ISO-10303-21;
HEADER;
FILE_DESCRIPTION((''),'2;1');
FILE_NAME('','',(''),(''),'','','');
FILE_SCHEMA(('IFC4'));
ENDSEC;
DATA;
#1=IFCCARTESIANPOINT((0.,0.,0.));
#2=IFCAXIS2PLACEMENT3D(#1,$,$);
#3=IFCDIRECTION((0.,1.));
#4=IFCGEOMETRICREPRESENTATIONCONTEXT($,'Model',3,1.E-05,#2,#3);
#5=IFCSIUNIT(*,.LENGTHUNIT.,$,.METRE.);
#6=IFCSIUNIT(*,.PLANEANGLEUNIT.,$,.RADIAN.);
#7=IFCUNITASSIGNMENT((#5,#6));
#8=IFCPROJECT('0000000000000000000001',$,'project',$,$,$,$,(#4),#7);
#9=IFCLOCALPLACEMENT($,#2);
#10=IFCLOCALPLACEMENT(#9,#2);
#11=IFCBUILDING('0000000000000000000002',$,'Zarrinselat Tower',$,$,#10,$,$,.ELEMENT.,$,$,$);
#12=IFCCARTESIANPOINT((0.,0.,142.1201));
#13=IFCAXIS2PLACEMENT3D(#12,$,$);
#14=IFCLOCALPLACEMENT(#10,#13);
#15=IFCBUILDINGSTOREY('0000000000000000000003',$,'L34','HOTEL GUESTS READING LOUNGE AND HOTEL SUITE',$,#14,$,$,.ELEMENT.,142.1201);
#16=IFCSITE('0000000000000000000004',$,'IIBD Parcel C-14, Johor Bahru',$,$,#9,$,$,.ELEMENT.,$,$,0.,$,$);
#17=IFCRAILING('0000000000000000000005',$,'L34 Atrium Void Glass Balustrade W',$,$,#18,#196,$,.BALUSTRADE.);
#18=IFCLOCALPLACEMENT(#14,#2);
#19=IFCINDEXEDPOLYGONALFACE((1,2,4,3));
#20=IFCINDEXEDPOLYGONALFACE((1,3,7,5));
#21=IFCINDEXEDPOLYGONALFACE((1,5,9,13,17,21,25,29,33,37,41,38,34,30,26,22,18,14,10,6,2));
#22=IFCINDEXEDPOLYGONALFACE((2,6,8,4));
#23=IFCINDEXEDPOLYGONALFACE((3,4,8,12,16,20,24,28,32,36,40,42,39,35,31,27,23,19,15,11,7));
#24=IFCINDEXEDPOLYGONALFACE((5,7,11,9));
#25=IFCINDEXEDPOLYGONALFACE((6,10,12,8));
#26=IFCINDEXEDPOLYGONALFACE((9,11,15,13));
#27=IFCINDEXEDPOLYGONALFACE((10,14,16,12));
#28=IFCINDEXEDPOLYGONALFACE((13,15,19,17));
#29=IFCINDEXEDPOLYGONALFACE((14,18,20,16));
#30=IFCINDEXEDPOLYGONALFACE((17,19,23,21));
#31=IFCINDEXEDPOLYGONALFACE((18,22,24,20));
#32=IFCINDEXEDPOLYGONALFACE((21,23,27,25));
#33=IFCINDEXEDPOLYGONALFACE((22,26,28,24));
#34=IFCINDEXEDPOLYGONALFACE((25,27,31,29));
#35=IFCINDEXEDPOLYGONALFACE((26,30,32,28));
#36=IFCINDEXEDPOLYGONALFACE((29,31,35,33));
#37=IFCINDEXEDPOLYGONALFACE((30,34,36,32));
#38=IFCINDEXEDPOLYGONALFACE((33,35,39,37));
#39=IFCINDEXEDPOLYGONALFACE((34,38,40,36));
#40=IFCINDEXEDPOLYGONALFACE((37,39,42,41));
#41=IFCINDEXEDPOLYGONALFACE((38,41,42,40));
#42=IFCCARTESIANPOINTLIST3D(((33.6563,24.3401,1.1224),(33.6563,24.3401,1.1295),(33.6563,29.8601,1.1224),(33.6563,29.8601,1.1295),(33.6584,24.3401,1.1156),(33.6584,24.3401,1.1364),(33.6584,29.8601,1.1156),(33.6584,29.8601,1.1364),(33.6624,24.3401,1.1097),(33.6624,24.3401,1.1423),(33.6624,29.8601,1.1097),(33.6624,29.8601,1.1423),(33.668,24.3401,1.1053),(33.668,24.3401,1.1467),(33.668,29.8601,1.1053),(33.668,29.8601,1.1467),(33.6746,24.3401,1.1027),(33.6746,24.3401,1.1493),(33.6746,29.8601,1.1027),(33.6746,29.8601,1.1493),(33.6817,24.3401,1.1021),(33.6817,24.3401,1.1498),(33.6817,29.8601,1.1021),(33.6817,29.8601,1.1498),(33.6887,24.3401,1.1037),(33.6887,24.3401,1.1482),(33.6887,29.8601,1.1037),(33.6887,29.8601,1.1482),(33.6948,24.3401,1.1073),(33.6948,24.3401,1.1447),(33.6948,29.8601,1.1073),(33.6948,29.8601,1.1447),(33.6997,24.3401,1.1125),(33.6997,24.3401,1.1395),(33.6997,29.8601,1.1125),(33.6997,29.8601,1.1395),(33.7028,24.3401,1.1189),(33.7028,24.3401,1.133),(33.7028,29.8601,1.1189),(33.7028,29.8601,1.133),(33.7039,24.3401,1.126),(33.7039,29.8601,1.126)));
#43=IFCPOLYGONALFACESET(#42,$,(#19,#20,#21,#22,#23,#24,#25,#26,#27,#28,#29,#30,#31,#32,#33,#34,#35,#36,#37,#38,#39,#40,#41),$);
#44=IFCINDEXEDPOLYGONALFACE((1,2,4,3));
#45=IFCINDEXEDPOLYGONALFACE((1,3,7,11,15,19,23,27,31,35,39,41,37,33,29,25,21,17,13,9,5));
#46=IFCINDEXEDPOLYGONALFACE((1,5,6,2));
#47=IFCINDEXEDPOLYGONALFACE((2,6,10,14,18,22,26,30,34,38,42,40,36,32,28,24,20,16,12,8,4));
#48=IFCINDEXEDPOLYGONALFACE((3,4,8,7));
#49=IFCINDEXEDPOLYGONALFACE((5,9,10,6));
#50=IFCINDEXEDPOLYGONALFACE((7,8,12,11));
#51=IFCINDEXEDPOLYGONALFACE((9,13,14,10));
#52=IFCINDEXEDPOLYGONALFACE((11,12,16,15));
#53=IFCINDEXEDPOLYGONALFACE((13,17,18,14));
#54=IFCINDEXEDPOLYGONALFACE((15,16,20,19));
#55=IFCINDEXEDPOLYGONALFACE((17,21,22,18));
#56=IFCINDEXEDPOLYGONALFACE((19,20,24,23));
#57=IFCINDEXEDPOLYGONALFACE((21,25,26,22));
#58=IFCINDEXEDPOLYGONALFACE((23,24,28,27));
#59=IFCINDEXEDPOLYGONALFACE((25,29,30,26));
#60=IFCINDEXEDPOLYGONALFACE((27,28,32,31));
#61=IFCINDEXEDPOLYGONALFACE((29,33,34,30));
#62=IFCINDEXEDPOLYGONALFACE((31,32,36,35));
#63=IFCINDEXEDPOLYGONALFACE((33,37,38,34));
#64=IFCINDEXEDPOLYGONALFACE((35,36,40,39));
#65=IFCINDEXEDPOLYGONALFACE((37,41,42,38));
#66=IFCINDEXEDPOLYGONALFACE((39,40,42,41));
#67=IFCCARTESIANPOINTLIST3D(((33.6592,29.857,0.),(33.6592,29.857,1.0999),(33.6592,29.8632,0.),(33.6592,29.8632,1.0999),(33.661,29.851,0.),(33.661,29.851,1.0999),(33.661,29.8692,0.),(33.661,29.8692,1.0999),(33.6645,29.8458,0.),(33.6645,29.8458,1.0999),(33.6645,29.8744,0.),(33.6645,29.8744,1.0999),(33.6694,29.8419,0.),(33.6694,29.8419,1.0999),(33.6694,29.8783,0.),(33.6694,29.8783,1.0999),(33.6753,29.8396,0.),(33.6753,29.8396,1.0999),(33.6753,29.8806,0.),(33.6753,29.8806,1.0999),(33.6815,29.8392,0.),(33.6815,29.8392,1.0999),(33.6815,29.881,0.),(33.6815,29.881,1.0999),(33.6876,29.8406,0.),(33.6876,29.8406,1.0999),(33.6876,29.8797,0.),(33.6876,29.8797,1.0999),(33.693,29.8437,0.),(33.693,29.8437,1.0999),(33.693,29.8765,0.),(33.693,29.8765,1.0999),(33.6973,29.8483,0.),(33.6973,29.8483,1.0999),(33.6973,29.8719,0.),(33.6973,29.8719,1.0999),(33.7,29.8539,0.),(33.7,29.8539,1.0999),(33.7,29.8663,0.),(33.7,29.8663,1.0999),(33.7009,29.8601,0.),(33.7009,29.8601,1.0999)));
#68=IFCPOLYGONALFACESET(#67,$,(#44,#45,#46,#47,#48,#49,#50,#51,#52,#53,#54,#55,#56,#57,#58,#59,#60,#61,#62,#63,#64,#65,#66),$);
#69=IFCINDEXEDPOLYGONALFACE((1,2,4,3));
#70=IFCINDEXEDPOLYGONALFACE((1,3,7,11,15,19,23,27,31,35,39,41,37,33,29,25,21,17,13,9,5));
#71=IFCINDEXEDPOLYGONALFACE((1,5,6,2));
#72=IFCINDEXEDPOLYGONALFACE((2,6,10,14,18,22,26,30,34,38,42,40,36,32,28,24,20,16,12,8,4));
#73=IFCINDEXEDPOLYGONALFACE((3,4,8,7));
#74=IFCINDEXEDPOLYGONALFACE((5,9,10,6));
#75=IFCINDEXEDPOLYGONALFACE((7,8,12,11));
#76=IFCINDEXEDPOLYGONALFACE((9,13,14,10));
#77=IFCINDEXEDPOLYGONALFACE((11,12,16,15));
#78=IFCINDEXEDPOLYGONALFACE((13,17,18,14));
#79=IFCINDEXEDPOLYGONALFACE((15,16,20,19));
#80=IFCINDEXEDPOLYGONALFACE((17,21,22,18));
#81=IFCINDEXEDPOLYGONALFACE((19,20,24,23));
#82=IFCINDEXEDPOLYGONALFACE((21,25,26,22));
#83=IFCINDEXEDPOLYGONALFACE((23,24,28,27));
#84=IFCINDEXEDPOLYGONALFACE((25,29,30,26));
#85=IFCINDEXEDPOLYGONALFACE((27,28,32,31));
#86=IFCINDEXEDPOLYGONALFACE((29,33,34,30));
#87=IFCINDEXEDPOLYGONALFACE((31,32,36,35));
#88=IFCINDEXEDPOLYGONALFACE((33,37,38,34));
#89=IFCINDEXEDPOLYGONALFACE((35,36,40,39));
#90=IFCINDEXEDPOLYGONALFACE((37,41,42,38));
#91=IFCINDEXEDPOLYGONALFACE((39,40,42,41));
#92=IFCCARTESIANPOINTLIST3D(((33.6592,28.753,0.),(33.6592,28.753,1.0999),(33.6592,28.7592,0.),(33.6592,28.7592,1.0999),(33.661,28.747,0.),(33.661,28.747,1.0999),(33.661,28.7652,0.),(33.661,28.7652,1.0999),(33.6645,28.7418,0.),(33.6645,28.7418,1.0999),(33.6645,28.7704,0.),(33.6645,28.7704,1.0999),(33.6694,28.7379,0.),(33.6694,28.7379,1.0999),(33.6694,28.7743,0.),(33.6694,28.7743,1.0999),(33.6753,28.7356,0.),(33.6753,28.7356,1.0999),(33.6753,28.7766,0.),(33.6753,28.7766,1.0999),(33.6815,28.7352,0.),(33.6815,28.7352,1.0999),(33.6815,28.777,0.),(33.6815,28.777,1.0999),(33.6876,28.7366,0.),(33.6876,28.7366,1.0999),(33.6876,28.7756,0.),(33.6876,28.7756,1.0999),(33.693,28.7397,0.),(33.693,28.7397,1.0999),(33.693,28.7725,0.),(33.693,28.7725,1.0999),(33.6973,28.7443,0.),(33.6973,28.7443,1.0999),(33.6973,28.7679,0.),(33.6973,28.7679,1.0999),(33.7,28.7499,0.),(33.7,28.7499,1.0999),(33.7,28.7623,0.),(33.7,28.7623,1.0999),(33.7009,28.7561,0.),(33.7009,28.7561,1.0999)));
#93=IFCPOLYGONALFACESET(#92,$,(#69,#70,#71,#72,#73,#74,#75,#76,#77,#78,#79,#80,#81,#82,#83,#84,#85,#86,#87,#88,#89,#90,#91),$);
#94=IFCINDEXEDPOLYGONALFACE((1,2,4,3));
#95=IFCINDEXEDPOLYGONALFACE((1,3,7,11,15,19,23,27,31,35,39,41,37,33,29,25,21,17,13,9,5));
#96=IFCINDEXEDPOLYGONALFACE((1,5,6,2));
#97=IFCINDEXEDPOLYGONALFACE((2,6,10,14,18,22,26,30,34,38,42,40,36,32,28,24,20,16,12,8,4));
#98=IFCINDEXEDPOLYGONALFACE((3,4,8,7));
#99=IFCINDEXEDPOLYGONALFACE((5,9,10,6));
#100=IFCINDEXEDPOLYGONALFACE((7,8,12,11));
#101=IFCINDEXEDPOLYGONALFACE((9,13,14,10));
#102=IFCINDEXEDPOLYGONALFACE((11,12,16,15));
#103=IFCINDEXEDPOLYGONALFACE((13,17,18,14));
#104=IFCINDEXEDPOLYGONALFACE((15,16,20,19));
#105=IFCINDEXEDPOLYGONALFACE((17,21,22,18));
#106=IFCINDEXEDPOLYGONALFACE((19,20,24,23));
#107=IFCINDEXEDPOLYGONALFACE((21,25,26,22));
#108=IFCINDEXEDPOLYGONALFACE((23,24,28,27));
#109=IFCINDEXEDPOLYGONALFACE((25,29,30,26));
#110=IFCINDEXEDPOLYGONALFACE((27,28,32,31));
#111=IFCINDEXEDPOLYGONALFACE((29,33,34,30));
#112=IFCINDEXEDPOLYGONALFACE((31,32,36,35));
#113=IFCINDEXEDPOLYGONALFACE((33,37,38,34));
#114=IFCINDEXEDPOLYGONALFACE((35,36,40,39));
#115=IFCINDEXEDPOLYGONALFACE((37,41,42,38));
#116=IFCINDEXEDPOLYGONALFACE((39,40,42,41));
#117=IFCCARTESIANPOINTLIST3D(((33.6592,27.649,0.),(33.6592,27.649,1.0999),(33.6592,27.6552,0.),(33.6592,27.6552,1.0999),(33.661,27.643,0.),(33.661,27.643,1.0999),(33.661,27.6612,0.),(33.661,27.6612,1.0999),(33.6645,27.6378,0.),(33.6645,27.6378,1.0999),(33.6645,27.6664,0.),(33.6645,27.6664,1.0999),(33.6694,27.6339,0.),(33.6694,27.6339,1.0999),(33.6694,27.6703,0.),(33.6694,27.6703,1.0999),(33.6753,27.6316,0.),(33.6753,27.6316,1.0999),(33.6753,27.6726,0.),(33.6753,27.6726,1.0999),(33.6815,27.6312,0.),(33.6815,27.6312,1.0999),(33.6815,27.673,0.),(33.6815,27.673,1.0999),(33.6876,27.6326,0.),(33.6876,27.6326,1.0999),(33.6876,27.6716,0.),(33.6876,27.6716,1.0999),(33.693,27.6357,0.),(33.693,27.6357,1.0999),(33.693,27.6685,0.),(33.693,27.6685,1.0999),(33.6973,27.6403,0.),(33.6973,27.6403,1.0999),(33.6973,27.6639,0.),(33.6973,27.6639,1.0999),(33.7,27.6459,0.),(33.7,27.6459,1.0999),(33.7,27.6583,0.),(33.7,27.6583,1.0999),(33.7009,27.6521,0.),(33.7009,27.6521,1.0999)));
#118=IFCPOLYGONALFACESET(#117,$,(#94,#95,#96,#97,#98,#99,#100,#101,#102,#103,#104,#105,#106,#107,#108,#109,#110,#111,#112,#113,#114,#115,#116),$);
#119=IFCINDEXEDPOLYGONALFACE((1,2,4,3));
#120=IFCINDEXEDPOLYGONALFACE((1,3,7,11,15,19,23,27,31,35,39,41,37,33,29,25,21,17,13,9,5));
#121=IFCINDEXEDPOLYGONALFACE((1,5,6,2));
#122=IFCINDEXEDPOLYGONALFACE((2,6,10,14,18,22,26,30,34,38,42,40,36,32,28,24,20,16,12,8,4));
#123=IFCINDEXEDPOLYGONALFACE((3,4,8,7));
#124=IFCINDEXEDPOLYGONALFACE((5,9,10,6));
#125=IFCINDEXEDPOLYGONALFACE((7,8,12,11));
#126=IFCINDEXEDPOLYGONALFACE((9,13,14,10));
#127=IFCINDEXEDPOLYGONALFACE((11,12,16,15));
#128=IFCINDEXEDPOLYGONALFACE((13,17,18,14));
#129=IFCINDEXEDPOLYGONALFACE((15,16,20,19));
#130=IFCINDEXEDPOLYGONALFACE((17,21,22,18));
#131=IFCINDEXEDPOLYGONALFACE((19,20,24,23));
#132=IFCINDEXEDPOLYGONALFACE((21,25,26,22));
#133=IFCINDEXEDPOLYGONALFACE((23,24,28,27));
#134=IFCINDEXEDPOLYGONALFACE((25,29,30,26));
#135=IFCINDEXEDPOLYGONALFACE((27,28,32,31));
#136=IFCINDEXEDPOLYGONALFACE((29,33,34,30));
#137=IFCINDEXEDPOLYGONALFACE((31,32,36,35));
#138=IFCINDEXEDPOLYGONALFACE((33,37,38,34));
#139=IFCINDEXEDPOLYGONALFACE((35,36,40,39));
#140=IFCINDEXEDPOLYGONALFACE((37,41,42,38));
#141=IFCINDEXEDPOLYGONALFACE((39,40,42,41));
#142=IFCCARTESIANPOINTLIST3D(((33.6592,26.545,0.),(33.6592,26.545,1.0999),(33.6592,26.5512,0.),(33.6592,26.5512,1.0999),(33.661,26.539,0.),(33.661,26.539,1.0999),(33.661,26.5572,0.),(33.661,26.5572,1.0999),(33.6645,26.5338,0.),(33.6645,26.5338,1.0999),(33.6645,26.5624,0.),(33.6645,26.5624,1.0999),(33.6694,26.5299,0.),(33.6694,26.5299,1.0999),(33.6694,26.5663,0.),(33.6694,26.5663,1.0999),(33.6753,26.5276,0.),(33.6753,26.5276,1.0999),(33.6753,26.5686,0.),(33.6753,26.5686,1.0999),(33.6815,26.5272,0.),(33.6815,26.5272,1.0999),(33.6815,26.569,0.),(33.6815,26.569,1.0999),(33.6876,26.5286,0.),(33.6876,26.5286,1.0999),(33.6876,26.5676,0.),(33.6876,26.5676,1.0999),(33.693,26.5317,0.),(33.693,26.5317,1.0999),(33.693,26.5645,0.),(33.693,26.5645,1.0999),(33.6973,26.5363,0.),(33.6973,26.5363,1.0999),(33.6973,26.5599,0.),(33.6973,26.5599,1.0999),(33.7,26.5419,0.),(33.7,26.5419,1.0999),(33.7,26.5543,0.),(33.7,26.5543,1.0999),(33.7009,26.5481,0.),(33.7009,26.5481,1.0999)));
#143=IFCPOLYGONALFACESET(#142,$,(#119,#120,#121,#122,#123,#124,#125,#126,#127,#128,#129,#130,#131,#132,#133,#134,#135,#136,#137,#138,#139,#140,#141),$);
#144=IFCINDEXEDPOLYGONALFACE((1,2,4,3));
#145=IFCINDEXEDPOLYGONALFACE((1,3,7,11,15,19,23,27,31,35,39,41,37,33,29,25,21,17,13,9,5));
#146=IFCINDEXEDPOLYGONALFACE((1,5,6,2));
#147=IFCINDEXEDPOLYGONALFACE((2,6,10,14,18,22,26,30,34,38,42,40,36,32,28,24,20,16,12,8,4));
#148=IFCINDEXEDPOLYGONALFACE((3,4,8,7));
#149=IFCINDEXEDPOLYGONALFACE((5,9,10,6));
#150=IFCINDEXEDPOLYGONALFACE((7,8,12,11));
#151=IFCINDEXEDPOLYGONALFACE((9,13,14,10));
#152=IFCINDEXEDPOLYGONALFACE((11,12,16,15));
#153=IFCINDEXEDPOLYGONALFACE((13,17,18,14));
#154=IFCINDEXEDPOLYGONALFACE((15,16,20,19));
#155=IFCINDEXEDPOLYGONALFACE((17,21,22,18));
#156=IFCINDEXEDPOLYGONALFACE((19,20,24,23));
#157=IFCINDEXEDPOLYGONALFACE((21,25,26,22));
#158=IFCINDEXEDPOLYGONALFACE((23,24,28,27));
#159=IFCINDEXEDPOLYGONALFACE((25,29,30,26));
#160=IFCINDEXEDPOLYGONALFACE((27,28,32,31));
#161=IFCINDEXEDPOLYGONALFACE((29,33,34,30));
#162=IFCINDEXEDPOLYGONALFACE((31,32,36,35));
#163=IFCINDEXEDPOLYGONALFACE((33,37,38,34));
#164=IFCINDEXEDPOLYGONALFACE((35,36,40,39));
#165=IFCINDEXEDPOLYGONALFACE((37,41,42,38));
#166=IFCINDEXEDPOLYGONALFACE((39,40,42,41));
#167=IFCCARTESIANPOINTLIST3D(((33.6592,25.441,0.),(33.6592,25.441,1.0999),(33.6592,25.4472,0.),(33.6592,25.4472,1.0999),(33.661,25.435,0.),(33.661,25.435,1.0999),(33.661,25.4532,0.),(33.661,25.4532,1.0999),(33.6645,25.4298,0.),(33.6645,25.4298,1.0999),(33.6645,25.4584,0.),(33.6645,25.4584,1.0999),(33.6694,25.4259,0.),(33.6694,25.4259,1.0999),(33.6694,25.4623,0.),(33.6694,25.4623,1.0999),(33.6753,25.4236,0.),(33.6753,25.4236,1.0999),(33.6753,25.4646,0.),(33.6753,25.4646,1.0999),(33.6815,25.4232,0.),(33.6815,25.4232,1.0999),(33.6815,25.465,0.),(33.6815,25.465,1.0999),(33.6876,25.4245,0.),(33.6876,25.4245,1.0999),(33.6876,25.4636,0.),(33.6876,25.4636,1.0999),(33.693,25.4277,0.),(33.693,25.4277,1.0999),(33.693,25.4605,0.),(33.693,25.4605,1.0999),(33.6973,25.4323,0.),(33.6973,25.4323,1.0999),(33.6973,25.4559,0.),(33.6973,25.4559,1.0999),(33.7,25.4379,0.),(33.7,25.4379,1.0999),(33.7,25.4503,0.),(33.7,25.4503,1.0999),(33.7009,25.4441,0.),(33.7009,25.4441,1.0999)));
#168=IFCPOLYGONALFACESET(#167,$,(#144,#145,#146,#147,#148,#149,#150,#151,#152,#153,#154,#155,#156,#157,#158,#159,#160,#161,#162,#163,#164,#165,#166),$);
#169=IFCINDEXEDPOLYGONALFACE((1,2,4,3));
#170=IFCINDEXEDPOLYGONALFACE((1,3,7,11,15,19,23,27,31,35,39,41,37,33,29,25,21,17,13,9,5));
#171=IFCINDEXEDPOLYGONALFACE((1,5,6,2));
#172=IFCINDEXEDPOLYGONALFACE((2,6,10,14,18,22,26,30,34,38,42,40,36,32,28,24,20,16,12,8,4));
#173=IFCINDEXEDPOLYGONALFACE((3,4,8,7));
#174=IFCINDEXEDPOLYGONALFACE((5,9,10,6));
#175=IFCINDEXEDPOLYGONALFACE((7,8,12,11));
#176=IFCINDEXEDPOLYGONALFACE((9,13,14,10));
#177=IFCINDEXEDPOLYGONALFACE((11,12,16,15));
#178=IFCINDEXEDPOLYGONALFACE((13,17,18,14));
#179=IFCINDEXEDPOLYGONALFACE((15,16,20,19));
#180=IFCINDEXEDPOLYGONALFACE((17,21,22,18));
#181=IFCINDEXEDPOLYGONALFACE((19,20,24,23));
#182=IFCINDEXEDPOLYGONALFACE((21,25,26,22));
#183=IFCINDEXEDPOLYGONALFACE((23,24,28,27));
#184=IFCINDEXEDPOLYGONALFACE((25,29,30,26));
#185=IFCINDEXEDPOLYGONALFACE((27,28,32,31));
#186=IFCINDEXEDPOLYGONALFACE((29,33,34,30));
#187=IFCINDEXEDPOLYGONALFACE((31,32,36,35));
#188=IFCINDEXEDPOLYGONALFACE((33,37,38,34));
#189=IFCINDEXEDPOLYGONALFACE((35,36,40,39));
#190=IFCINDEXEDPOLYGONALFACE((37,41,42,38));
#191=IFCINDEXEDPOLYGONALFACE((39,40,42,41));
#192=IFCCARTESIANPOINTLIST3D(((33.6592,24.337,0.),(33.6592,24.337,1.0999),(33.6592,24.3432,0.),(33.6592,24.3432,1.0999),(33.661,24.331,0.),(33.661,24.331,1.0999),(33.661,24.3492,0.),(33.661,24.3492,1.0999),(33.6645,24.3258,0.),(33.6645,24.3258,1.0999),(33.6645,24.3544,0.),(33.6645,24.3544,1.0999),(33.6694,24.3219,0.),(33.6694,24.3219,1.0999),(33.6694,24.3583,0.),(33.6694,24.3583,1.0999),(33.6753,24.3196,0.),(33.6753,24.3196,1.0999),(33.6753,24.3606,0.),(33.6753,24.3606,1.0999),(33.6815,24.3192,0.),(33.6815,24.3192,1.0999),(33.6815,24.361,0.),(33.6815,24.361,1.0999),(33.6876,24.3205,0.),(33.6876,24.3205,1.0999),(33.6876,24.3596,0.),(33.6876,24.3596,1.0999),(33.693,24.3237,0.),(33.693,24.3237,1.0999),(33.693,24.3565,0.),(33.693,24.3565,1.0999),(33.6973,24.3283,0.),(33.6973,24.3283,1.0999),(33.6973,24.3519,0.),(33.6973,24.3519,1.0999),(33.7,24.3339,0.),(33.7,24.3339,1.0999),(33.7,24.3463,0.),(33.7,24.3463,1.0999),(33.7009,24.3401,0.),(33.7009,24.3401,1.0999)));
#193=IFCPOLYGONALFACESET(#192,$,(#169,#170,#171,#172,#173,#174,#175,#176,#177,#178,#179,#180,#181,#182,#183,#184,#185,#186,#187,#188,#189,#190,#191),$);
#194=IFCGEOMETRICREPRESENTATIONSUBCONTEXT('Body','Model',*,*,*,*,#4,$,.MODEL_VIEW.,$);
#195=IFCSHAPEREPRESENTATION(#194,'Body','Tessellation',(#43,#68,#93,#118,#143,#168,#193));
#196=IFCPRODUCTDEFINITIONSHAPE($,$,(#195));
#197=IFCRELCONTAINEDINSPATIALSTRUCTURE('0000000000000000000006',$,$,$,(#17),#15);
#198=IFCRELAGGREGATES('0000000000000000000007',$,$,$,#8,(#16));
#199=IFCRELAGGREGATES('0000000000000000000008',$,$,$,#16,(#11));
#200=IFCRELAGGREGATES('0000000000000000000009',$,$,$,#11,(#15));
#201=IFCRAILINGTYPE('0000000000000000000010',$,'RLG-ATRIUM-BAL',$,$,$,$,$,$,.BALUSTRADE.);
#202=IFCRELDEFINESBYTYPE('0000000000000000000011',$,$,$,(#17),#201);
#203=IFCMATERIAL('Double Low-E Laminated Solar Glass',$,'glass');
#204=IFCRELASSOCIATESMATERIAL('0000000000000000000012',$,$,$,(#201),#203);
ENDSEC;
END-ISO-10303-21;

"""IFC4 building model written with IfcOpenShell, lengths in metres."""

from ifc_helpers import new_model, si_unit, direction, frame, origin, origin_2d, place, context, subcontext, project, spatial, circle, extrude, material, type_object, element, save


model = new_model("IFC4")

# Units and contexts
model_context = context("Model", 3, precision=1e-05, world=origin(), true_north=direction((0.0, 1.0)))
body_context = subcontext(model_context, "Body", "Model", "MODEL_VIEW")
ifc_project = project(units=[si_unit("LENGTHUNIT", "METRE"), si_unit("PLANEANGLEUNIT", "RADIAN")], contexts=[model_context])

# Site, building, storey
site_placement = place(None, origin())
site = spatial("IfcSite", under=ifc_project, at=site_placement, Name="IIBD Parcel C-14, Johor Bahru", CompositionType="ELEMENT", RefElevation=0.0)
building_placement = place(site_placement, origin())
building = spatial("IfcBuilding", under=site, at=building_placement, Name="Zarrinselat Tower", CompositionType="ELEMENT")
storey_placement = place(building_placement, frame((0.0, 0.0, 142.1201)))
storey = spatial("IfcBuildingStorey", under=building, at=storey_placement, Name="L34", Description="HOTEL GUESTS READING LOUNGE AND HOTEL SUITE", CompositionType="ELEMENT", Elevation=142.1201)

# Railing
ifc_material_1 = material(Name="Double Low-E Laminated Solar Glass", Category="glass")
railing_type = type_object("IfcRailingType", Name="RLG-ATRIUM-BAL", PredefinedType="BALUSTRADE", material=ifc_material_1)
railing_placement = place(storey_placement, frame((33.6799, 29.8601, 0.0)))
element("IfcRailing", 1, at=railing_placement, inside=storey, type_object=railing_type, Name="L34 Atrium Void Glass Balustrade W", PredefinedType="BALUSTRADE", context=body_context, shape_type="SweptSolid", body=[
    extrude(circle(Radius=0.0239, at=origin_2d()), frame((0.0, 0.0, 1.126), z_axis=(0.0, -1.0, 0.0), x_axis=(1.0, 0.0, 0.0)), (0.0, 0.0, 1.0), 5.52),
    extrude(circle(Radius=0.021, at=origin_2d()), origin(), (0.0, 0.0, 1.0), 1.0999),
    extrude(circle(Radius=0.021, at=origin_2d()), frame((0.0, -1.104, 0.0)), (0.0, 0.0, 1.0), 1.0999),
    extrude(circle(Radius=0.021, at=origin_2d()), frame((0.0, -2.208, 0.0)), (0.0, 0.0, 1.0), 1.0999),
    extrude(circle(Radius=0.021, at=origin_2d()), frame((0.0, -3.312, 0.0)), (0.0, 0.0, 1.0), 1.0999),
    extrude(circle(Radius=0.021, at=origin_2d()), frame((0.0, -4.416, 0.0)), (0.0, 0.0, 1.0), 1.0999),
    extrude(circle(Radius=0.021, at=origin_2d()), frame((0.0, -5.52, 0.0)), (0.0, 0.0, 1.0), 1.0999),
])

save(model, "model.ifc")
